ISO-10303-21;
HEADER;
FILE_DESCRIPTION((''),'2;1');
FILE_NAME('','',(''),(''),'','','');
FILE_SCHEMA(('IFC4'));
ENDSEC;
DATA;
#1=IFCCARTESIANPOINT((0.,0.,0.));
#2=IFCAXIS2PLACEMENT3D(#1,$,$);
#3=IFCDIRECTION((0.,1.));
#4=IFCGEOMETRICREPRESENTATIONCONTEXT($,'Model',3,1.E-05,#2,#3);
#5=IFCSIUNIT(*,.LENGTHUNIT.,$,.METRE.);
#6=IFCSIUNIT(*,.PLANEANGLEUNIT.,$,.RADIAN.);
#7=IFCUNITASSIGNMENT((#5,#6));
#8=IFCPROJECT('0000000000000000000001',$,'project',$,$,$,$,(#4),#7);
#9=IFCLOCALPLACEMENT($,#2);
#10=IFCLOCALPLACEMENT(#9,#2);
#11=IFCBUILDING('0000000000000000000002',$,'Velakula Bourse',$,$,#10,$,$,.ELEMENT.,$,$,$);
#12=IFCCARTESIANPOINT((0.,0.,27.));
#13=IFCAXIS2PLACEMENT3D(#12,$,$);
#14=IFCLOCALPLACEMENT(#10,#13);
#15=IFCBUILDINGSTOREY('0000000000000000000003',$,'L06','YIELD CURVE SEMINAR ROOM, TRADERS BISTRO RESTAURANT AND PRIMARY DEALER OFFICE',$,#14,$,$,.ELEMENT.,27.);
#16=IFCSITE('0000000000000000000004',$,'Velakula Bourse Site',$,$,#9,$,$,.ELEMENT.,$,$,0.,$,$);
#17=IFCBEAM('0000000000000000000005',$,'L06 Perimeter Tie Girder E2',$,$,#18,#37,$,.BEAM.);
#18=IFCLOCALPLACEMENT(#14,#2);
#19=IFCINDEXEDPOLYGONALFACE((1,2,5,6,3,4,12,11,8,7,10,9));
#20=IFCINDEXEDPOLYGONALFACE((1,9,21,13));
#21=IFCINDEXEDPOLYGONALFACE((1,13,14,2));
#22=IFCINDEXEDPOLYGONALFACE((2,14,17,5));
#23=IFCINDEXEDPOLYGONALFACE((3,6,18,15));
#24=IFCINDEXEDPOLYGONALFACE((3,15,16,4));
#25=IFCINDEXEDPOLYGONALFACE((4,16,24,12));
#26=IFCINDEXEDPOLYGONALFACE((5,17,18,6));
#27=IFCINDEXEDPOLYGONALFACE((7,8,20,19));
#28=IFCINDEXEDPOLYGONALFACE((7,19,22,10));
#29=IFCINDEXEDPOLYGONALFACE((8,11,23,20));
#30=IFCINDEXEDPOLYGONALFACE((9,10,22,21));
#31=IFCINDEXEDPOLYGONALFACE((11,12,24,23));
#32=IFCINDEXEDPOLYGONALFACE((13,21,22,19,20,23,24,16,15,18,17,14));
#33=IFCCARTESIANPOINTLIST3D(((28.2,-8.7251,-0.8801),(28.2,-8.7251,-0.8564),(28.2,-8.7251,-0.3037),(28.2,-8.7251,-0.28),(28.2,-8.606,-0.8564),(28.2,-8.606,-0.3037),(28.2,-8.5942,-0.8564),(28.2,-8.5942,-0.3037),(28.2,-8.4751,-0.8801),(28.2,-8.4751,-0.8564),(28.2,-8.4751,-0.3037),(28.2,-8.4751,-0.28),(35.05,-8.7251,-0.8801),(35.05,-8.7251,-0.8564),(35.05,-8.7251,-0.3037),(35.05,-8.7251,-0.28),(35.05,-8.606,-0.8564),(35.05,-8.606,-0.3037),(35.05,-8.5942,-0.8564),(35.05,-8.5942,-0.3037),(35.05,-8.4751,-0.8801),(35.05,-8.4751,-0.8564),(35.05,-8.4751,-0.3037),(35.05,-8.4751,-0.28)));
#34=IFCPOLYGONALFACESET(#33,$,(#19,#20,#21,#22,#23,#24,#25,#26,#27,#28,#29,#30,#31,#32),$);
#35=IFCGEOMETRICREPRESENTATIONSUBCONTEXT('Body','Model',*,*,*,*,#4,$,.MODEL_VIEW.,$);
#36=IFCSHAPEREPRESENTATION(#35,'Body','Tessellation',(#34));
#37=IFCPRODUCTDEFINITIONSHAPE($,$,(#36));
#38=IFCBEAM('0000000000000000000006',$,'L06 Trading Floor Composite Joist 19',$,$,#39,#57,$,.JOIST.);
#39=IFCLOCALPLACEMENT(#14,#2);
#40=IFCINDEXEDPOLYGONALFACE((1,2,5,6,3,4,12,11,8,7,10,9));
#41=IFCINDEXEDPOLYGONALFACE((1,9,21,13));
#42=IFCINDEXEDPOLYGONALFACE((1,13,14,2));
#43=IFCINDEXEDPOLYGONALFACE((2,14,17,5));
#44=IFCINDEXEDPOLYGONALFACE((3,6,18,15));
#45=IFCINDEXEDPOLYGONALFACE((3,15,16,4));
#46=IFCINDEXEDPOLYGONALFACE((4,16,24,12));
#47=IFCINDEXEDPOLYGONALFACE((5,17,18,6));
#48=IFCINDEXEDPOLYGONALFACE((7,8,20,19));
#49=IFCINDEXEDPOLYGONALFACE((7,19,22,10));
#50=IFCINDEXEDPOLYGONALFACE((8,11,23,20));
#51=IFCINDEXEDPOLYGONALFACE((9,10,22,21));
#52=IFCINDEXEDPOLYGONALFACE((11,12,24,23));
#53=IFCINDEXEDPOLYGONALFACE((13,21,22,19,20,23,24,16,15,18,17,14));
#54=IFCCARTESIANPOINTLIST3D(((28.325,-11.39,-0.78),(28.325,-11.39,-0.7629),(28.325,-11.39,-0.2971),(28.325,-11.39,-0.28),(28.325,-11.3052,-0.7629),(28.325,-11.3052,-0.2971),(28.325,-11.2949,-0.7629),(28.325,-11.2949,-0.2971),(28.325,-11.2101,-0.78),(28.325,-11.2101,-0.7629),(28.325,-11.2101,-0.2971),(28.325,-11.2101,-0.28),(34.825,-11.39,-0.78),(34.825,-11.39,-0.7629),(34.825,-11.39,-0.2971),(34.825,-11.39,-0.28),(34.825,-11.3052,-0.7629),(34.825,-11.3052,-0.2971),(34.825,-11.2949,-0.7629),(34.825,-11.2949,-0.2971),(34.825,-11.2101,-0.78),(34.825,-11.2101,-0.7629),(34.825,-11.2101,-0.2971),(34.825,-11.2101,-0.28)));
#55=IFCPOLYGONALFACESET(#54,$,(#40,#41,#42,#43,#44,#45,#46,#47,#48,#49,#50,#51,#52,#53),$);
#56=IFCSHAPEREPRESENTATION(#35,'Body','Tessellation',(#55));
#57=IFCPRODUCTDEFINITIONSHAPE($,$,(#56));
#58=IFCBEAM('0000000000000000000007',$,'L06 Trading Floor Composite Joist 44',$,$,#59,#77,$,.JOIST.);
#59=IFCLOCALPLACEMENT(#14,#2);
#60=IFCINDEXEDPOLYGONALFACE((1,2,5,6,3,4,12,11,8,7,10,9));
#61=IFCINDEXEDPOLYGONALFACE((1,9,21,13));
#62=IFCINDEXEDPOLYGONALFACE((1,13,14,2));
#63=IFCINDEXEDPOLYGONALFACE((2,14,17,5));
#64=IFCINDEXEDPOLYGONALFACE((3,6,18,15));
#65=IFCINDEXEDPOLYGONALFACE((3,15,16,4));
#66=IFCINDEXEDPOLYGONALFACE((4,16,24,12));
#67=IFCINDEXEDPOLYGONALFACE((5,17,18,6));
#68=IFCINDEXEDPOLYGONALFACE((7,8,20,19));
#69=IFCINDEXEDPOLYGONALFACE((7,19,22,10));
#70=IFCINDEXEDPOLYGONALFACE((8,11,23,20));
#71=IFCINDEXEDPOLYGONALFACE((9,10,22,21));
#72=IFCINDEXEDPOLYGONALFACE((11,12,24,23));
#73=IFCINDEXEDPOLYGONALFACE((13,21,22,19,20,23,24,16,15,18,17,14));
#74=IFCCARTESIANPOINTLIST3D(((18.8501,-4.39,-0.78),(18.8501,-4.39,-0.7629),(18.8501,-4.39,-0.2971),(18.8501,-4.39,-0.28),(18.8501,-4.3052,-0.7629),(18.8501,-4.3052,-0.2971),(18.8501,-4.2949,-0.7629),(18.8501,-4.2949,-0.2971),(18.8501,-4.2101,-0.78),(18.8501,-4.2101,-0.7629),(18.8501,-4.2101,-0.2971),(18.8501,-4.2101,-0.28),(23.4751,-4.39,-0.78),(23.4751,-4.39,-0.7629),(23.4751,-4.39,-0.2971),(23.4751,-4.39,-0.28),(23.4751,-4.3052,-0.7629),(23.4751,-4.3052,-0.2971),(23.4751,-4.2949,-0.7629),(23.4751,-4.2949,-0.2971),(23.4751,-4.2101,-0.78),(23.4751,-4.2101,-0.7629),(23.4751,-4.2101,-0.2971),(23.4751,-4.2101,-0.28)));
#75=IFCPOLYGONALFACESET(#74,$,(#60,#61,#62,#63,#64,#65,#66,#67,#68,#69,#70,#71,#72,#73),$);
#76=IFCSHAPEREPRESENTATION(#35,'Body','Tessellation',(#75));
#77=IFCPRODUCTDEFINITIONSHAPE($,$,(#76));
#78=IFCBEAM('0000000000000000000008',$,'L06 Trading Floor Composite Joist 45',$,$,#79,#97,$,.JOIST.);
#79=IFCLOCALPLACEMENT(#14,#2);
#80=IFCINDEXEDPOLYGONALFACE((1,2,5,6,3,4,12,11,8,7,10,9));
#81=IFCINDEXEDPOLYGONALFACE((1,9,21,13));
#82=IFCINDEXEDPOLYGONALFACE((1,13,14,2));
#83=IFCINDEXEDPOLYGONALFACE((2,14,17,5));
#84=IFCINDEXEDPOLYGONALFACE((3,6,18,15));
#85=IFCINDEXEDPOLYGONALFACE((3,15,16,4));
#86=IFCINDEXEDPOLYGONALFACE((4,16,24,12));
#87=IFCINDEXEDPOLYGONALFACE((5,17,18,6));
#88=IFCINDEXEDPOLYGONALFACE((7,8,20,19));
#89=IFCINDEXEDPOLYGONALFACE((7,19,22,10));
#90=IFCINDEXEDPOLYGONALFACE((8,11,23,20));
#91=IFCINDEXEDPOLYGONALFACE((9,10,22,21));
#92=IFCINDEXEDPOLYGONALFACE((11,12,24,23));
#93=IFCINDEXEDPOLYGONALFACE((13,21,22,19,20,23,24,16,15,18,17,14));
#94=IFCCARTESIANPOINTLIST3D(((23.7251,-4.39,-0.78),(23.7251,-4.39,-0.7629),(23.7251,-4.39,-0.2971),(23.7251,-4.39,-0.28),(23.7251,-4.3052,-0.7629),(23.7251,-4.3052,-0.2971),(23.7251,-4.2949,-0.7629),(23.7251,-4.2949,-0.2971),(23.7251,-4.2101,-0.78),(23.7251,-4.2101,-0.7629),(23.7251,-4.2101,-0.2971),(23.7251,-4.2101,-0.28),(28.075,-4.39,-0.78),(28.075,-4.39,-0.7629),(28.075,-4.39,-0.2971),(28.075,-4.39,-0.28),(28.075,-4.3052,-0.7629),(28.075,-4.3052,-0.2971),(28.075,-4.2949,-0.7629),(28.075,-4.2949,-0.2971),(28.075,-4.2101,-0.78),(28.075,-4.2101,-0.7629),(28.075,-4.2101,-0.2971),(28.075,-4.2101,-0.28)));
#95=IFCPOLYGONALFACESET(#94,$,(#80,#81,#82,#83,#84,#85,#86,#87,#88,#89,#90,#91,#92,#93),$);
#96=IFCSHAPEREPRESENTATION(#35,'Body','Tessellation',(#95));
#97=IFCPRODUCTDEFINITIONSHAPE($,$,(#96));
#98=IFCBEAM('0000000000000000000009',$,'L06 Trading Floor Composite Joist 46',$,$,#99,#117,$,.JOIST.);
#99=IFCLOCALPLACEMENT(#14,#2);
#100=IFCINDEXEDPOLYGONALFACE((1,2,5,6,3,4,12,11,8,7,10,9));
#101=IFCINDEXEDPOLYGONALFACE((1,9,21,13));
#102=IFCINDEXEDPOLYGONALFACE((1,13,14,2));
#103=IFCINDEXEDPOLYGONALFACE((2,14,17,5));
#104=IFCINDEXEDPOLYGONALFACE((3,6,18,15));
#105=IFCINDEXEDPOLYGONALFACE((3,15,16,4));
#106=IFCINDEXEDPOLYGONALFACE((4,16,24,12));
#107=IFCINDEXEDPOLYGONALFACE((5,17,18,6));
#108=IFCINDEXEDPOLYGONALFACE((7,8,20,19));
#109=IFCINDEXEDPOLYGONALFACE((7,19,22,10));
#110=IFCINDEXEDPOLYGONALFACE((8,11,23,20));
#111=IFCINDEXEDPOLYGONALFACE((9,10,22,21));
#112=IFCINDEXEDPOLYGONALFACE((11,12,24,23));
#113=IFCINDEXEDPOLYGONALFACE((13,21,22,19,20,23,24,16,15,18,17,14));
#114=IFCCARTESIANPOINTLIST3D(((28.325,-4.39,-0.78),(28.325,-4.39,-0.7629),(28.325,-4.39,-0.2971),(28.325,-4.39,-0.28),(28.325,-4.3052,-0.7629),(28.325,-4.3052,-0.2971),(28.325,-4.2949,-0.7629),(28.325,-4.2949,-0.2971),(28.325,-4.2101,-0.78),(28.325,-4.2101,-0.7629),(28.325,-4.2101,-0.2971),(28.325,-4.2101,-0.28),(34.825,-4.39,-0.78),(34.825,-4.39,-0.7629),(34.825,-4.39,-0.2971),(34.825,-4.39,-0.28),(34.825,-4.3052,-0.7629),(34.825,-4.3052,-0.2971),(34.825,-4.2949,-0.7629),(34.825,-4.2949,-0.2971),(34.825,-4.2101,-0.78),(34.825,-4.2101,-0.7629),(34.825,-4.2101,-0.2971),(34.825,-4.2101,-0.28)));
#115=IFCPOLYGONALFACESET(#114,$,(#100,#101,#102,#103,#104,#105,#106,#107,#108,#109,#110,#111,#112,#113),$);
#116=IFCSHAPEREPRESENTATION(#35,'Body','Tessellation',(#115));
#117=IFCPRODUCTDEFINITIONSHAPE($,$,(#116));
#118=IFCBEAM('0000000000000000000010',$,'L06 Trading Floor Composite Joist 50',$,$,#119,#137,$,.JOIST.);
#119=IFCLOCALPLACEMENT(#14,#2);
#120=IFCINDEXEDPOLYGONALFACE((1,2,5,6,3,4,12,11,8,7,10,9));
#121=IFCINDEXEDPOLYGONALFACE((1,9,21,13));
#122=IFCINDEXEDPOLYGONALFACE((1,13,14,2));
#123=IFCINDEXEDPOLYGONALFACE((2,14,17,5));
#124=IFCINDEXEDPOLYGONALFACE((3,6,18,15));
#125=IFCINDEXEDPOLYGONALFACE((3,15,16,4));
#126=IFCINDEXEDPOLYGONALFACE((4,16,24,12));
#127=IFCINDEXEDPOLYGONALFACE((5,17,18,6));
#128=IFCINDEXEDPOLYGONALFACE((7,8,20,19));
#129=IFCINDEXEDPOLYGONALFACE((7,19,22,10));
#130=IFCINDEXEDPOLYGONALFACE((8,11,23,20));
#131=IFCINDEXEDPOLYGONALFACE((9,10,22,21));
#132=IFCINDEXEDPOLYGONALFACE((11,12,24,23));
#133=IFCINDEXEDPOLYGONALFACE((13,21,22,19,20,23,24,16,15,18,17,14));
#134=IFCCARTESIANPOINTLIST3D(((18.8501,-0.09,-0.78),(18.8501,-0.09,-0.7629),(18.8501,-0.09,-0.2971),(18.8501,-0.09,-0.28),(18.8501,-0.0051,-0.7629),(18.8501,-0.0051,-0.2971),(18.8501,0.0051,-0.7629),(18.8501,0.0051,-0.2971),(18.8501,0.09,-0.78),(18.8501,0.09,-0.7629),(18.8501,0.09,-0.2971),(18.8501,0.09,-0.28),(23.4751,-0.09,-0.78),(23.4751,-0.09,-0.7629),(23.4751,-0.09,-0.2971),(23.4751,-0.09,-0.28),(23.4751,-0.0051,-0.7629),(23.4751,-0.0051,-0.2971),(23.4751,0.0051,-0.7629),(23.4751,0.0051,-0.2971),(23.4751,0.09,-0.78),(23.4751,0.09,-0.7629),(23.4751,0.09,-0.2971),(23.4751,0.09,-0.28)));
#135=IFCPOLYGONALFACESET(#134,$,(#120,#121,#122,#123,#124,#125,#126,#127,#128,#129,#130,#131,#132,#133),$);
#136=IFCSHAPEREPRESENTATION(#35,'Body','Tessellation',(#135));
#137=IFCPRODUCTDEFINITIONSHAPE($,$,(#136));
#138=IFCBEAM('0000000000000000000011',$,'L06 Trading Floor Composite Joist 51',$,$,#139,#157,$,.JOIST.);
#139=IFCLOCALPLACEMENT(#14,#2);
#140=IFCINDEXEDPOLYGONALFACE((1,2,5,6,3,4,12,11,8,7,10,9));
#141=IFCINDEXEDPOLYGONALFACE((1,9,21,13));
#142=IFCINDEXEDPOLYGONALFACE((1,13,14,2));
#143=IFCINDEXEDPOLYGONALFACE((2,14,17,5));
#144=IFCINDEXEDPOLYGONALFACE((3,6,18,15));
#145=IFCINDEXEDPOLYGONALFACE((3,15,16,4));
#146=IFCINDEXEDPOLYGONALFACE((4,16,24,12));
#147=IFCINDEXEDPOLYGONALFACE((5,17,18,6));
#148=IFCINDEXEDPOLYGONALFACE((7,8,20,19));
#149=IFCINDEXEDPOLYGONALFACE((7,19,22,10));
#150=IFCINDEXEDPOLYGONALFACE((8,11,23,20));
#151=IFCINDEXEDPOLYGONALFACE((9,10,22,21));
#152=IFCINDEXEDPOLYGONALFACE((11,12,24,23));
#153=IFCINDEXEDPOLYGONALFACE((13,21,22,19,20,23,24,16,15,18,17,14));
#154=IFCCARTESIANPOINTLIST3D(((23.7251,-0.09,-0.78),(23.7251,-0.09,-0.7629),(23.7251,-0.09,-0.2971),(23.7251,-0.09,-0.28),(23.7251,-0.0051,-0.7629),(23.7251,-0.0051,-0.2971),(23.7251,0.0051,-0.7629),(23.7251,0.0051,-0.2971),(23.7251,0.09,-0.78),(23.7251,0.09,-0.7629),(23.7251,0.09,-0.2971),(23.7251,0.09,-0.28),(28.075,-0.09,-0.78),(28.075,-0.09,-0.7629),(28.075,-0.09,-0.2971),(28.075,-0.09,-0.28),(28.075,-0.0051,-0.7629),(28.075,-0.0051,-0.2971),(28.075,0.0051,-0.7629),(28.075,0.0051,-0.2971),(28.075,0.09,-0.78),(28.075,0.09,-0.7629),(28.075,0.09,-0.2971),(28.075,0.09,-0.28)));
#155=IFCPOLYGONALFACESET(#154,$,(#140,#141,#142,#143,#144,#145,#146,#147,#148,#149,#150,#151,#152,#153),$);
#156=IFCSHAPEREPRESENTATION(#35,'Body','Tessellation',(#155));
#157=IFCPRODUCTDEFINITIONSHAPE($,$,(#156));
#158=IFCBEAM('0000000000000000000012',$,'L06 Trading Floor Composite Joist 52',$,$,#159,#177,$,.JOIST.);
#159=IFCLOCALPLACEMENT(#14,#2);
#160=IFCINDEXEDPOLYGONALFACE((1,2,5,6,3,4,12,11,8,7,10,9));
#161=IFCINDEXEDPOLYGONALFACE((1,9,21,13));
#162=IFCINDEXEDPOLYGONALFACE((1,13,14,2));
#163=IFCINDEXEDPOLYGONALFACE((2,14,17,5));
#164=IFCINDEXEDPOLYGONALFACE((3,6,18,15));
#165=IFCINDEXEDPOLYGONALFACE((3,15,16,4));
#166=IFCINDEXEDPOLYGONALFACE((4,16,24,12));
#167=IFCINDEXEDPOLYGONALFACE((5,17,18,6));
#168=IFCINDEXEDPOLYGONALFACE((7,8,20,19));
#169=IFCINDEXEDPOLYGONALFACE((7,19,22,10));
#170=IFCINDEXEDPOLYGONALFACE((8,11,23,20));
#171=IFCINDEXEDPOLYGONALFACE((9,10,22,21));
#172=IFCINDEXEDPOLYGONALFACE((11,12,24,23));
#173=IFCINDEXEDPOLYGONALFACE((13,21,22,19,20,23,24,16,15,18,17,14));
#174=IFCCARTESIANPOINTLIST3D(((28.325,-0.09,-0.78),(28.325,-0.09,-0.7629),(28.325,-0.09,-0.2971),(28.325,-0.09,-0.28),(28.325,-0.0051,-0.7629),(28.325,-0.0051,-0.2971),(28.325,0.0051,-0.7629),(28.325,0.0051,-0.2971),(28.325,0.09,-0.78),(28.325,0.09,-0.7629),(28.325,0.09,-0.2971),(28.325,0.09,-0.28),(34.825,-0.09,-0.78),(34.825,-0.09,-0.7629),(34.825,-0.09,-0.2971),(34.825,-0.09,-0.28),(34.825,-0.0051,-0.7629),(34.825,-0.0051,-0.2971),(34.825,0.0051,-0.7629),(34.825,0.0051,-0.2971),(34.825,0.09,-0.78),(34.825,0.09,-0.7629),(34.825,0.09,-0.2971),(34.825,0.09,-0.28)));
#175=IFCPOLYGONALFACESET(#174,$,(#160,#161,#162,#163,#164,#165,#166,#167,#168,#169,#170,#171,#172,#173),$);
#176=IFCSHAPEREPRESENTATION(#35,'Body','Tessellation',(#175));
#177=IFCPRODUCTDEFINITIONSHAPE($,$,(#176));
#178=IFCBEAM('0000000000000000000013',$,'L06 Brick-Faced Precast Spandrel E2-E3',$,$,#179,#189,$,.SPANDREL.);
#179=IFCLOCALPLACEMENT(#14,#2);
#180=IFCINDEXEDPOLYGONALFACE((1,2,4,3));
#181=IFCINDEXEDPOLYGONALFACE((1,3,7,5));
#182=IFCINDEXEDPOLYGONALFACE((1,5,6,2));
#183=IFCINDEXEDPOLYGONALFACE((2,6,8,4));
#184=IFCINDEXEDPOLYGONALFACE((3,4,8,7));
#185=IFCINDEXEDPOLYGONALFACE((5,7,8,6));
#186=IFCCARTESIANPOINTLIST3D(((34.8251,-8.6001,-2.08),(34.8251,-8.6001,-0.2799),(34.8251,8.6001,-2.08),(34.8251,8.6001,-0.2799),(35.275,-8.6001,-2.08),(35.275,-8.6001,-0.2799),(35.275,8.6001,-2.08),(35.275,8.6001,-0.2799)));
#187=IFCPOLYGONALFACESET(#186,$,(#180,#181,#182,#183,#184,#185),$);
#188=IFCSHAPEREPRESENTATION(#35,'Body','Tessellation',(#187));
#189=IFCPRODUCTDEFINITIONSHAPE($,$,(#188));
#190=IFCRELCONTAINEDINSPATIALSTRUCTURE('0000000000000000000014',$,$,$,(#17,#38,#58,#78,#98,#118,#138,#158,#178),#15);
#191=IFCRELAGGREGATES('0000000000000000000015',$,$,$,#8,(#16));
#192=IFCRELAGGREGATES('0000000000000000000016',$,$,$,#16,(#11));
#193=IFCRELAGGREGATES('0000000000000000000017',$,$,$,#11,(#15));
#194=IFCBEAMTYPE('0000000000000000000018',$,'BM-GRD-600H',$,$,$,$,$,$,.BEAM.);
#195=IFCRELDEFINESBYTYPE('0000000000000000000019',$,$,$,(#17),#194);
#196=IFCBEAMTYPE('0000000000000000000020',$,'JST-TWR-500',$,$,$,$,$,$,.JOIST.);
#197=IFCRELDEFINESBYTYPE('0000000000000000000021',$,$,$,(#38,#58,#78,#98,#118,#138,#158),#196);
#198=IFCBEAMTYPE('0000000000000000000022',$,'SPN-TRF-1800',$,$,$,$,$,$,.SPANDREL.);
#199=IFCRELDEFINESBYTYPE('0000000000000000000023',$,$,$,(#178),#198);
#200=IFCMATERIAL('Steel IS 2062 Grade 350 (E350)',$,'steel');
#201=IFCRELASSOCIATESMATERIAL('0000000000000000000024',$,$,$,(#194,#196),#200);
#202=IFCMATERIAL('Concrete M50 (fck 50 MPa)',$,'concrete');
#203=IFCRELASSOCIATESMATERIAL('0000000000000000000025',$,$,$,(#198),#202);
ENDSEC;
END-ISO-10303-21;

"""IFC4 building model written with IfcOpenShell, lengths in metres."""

from ifc_helpers import new_model, si_unit, direction, frame, origin, origin_2d, place, context, subcontext, project, spatial, rectangle, i_section, extrude, material, material_profile, profile_set, type_object, element, save


model = new_model("IFC4")

# Units and contexts
model_context = context("Model", 3, precision=1e-05, world=origin(), true_north=direction((0.0, 1.0)))
body_context = subcontext(model_context, "Body", "Model", "MODEL_VIEW")
ifc_project = project(units=[si_unit("LENGTHUNIT", "METRE"), si_unit("PLANEANGLEUNIT", "RADIAN")], contexts=[model_context])

# Site, building, storey
site_placement = place(None, origin())
site = spatial("IfcSite", under=ifc_project, at=site_placement, Name="Velakula Bourse Site", CompositionType="ELEMENT", RefElevation=0.0)
building_placement = place(site_placement, origin())
building = spatial("IfcBuilding", under=site, at=building_placement, Name="Velakula Bourse", CompositionType="ELEMENT")
storey_placement = place(building_placement, frame((0.0, 0.0, 27.0)))
storey = spatial("IfcBuildingStorey", under=building, at=storey_placement, Name="L06", Description="YIELD CURVE SEMINAR ROOM, TRADERS BISTRO RESTAURANT AND PRIMARY DEALER OFFICE", CompositionType="ELEMENT", Elevation=27.0)

# Beams
ifc_material_1 = material(Name="Steel IS 2062 Grade 350 (E350)", Category="steel")
ifc_material_profile_1 = material_profile(ifc_material_1, i_section(OverallWidth=0.25, OverallDepth=0.6001, WebThickness=0.0117, FlangeThickness=0.0237, at=origin_2d()), Name="Steel IS 2062 Grade 350 (E350)")
ifc_profile_set_1 = profile_set([ifc_material_profile_1], Name="Steel IS 2062 Grade 350 (E350)")
beam_type_1 = type_object("IfcBeamType", Name="BM-GRD-600H", PredefinedType="BEAM", material=ifc_profile_set_1)
beam_1_placement = place(storey_placement, frame((28.2, -8.6001, -0.5801), z_axis=(1.0, 0.0, 0.0), x_axis=(0.0, 1.0, 0.0)))
element("IfcBeam", 1, at=beam_1_placement, inside=storey, type_object=beam_type_1, Name="L06 Perimeter Tie Girder E2", PredefinedType="BEAM", context=body_context, shape_type="SweptSolid", body=[
    extrude(i_section(OverallWidth=0.25, OverallDepth=0.6001, WebThickness=0.0117, FlangeThickness=0.0237, at=origin_2d()), origin(), (0.0, 0.0, 1.0), 6.8501),
])
ifc_material_profile_2 = material_profile(ifc_material_1, i_section(OverallWidth=0.1799, OverallDepth=0.5, WebThickness=0.0103, FlangeThickness=0.0171, at=origin_2d()), Name="Steel IS 2062 Grade 350 (E350)")
ifc_profile_set_2 = profile_set([ifc_material_profile_2], Name="Steel IS 2062 Grade 350 (E350)")
beam_type_2 = type_object("IfcBeamType", Name="JST-TWR-500", PredefinedType="JOIST", material=ifc_profile_set_2)
beam_2_placement = place(storey_placement, frame((28.325, -11.3, -0.53), z_axis=(1.0, 0.0, 0.0), x_axis=(0.0, 1.0, 0.0)))
element("IfcBeam", 2, at=beam_2_placement, inside=storey, type_object=beam_type_2, Name="L06 Trading Floor Composite Joist 19", PredefinedType="JOIST", context=body_context, shape_type="SweptSolid", body=[
    extrude(i_section(OverallWidth=0.1799, OverallDepth=0.5, WebThickness=0.0103, FlangeThickness=0.0171, at=origin_2d()), origin(), (0.0, 0.0, 1.0), 6.5),
])
beam_3_placement = place(storey_placement, frame((18.8501, -4.3, -0.53), z_axis=(1.0, 0.0, 0.0), x_axis=(0.0, 1.0, 0.0)))
element("IfcBeam", 3, at=beam_3_placement, inside=storey, type_object=beam_type_2, Name="L06 Trading Floor Composite Joist 44", PredefinedType="JOIST", context=body_context, shape_type="SweptSolid", body=[
    extrude(i_section(OverallWidth=0.1799, OverallDepth=0.5, WebThickness=0.0103, FlangeThickness=0.0171, at=origin_2d()), origin(), (0.0, 0.0, 1.0), 4.625),
])
beam_4_placement = place(storey_placement, frame((23.7251, -4.3, -0.53), z_axis=(1.0, 0.0, 0.0), x_axis=(0.0, 1.0, 0.0)))
element("IfcBeam", 4, at=beam_4_placement, inside=storey, type_object=beam_type_2, Name="L06 Trading Floor Composite Joist 45", PredefinedType="JOIST", context=body_context, shape_type="SweptSolid", body=[
    extrude(i_section(OverallWidth=0.1799, OverallDepth=0.5, WebThickness=0.0103, FlangeThickness=0.0171, at=origin_2d()), origin(), (0.0, 0.0, 1.0), 4.3499),
])
beam_5_placement = place(storey_placement, frame((28.325, -4.3, -0.53), z_axis=(1.0, 0.0, 0.0), x_axis=(0.0, 1.0, 0.0)))
element("IfcBeam", 5, at=beam_5_placement, inside=storey, type_object=beam_type_2, Name="L06 Trading Floor Composite Joist 46", PredefinedType="JOIST", context=body_context, shape_type="SweptSolid", body=[
    extrude(i_section(OverallWidth=0.1799, OverallDepth=0.5, WebThickness=0.0103, FlangeThickness=0.0171, at=origin_2d()), origin(), (0.0, 0.0, 1.0), 6.5),
])
beam_6_placement = place(storey_placement, frame((18.8501, 0.0, -0.53), z_axis=(1.0, 0.0, 0.0), x_axis=(0.0, 1.0, 0.0)))
element("IfcBeam", 6, at=beam_6_placement, inside=storey, type_object=beam_type_2, Name="L06 Trading Floor Composite Joist 50", PredefinedType="JOIST", context=body_context, shape_type="SweptSolid", body=[
    extrude(i_section(OverallWidth=0.1799, OverallDepth=0.5, WebThickness=0.0103, FlangeThickness=0.0171, at=origin_2d()), origin(), (0.0, 0.0, 1.0), 4.625),
])
beam_7_placement = place(storey_placement, frame((23.7251, 0.0, -0.53), z_axis=(1.0, 0.0, 0.0), x_axis=(0.0, 1.0, 0.0)))
element("IfcBeam", 7, at=beam_7_placement, inside=storey, type_object=beam_type_2, Name="L06 Trading Floor Composite Joist 51", PredefinedType="JOIST", context=body_context, shape_type="SweptSolid", body=[
    extrude(i_section(OverallWidth=0.1799, OverallDepth=0.5, WebThickness=0.0103, FlangeThickness=0.0171, at=origin_2d()), origin(), (0.0, 0.0, 1.0), 4.3499),
])
beam_8_placement = place(storey_placement, frame((28.325, 0.0, -0.53), z_axis=(1.0, 0.0, 0.0), x_axis=(0.0, 1.0, 0.0)))
element("IfcBeam", 8, at=beam_8_placement, inside=storey, type_object=beam_type_2, Name="L06 Trading Floor Composite Joist 52", PredefinedType="JOIST", context=body_context, shape_type="SweptSolid", body=[
    extrude(i_section(OverallWidth=0.1799, OverallDepth=0.5, WebThickness=0.0103, FlangeThickness=0.0171, at=origin_2d()), origin(), (0.0, 0.0, 1.0), 6.5),
])
ifc_material_2 = material(Name="Concrete M50 (fck 50 MPa)", Category="concrete")
ifc_material_profile_3 = material_profile(ifc_material_2, rectangle(XDim=0.45, YDim=1.8, at=origin_2d()), Name="Concrete M50 (fck 50 MPa)")
ifc_profile_set_3 = profile_set([ifc_material_profile_3], Name="Concrete M50 (fck 50 MPa)")
beam_type_3 = type_object("IfcBeamType", Name="SPN-TRF-1800", PredefinedType="SPANDREL", material=ifc_profile_set_3)
beam_9_placement = place(storey_placement, frame((35.05, -8.6001, -1.1799), z_axis=(0.0, 1.0, 0.0), x_axis=(-1.0, 0.0, 0.0)))
element("IfcBeam", 9, at=beam_9_placement, inside=storey, type_object=beam_type_3, Name="L06 Brick-Faced Precast Spandrel E2-E3", PredefinedType="SPANDREL", context=body_context, shape_type="SweptSolid", body=[
    extrude(rectangle(XDim=0.45, YDim=1.8, at=origin_2d()), origin(), (0.0, 0.0, 1.0), 17.2002),
])

save(model, "model.ifc")
